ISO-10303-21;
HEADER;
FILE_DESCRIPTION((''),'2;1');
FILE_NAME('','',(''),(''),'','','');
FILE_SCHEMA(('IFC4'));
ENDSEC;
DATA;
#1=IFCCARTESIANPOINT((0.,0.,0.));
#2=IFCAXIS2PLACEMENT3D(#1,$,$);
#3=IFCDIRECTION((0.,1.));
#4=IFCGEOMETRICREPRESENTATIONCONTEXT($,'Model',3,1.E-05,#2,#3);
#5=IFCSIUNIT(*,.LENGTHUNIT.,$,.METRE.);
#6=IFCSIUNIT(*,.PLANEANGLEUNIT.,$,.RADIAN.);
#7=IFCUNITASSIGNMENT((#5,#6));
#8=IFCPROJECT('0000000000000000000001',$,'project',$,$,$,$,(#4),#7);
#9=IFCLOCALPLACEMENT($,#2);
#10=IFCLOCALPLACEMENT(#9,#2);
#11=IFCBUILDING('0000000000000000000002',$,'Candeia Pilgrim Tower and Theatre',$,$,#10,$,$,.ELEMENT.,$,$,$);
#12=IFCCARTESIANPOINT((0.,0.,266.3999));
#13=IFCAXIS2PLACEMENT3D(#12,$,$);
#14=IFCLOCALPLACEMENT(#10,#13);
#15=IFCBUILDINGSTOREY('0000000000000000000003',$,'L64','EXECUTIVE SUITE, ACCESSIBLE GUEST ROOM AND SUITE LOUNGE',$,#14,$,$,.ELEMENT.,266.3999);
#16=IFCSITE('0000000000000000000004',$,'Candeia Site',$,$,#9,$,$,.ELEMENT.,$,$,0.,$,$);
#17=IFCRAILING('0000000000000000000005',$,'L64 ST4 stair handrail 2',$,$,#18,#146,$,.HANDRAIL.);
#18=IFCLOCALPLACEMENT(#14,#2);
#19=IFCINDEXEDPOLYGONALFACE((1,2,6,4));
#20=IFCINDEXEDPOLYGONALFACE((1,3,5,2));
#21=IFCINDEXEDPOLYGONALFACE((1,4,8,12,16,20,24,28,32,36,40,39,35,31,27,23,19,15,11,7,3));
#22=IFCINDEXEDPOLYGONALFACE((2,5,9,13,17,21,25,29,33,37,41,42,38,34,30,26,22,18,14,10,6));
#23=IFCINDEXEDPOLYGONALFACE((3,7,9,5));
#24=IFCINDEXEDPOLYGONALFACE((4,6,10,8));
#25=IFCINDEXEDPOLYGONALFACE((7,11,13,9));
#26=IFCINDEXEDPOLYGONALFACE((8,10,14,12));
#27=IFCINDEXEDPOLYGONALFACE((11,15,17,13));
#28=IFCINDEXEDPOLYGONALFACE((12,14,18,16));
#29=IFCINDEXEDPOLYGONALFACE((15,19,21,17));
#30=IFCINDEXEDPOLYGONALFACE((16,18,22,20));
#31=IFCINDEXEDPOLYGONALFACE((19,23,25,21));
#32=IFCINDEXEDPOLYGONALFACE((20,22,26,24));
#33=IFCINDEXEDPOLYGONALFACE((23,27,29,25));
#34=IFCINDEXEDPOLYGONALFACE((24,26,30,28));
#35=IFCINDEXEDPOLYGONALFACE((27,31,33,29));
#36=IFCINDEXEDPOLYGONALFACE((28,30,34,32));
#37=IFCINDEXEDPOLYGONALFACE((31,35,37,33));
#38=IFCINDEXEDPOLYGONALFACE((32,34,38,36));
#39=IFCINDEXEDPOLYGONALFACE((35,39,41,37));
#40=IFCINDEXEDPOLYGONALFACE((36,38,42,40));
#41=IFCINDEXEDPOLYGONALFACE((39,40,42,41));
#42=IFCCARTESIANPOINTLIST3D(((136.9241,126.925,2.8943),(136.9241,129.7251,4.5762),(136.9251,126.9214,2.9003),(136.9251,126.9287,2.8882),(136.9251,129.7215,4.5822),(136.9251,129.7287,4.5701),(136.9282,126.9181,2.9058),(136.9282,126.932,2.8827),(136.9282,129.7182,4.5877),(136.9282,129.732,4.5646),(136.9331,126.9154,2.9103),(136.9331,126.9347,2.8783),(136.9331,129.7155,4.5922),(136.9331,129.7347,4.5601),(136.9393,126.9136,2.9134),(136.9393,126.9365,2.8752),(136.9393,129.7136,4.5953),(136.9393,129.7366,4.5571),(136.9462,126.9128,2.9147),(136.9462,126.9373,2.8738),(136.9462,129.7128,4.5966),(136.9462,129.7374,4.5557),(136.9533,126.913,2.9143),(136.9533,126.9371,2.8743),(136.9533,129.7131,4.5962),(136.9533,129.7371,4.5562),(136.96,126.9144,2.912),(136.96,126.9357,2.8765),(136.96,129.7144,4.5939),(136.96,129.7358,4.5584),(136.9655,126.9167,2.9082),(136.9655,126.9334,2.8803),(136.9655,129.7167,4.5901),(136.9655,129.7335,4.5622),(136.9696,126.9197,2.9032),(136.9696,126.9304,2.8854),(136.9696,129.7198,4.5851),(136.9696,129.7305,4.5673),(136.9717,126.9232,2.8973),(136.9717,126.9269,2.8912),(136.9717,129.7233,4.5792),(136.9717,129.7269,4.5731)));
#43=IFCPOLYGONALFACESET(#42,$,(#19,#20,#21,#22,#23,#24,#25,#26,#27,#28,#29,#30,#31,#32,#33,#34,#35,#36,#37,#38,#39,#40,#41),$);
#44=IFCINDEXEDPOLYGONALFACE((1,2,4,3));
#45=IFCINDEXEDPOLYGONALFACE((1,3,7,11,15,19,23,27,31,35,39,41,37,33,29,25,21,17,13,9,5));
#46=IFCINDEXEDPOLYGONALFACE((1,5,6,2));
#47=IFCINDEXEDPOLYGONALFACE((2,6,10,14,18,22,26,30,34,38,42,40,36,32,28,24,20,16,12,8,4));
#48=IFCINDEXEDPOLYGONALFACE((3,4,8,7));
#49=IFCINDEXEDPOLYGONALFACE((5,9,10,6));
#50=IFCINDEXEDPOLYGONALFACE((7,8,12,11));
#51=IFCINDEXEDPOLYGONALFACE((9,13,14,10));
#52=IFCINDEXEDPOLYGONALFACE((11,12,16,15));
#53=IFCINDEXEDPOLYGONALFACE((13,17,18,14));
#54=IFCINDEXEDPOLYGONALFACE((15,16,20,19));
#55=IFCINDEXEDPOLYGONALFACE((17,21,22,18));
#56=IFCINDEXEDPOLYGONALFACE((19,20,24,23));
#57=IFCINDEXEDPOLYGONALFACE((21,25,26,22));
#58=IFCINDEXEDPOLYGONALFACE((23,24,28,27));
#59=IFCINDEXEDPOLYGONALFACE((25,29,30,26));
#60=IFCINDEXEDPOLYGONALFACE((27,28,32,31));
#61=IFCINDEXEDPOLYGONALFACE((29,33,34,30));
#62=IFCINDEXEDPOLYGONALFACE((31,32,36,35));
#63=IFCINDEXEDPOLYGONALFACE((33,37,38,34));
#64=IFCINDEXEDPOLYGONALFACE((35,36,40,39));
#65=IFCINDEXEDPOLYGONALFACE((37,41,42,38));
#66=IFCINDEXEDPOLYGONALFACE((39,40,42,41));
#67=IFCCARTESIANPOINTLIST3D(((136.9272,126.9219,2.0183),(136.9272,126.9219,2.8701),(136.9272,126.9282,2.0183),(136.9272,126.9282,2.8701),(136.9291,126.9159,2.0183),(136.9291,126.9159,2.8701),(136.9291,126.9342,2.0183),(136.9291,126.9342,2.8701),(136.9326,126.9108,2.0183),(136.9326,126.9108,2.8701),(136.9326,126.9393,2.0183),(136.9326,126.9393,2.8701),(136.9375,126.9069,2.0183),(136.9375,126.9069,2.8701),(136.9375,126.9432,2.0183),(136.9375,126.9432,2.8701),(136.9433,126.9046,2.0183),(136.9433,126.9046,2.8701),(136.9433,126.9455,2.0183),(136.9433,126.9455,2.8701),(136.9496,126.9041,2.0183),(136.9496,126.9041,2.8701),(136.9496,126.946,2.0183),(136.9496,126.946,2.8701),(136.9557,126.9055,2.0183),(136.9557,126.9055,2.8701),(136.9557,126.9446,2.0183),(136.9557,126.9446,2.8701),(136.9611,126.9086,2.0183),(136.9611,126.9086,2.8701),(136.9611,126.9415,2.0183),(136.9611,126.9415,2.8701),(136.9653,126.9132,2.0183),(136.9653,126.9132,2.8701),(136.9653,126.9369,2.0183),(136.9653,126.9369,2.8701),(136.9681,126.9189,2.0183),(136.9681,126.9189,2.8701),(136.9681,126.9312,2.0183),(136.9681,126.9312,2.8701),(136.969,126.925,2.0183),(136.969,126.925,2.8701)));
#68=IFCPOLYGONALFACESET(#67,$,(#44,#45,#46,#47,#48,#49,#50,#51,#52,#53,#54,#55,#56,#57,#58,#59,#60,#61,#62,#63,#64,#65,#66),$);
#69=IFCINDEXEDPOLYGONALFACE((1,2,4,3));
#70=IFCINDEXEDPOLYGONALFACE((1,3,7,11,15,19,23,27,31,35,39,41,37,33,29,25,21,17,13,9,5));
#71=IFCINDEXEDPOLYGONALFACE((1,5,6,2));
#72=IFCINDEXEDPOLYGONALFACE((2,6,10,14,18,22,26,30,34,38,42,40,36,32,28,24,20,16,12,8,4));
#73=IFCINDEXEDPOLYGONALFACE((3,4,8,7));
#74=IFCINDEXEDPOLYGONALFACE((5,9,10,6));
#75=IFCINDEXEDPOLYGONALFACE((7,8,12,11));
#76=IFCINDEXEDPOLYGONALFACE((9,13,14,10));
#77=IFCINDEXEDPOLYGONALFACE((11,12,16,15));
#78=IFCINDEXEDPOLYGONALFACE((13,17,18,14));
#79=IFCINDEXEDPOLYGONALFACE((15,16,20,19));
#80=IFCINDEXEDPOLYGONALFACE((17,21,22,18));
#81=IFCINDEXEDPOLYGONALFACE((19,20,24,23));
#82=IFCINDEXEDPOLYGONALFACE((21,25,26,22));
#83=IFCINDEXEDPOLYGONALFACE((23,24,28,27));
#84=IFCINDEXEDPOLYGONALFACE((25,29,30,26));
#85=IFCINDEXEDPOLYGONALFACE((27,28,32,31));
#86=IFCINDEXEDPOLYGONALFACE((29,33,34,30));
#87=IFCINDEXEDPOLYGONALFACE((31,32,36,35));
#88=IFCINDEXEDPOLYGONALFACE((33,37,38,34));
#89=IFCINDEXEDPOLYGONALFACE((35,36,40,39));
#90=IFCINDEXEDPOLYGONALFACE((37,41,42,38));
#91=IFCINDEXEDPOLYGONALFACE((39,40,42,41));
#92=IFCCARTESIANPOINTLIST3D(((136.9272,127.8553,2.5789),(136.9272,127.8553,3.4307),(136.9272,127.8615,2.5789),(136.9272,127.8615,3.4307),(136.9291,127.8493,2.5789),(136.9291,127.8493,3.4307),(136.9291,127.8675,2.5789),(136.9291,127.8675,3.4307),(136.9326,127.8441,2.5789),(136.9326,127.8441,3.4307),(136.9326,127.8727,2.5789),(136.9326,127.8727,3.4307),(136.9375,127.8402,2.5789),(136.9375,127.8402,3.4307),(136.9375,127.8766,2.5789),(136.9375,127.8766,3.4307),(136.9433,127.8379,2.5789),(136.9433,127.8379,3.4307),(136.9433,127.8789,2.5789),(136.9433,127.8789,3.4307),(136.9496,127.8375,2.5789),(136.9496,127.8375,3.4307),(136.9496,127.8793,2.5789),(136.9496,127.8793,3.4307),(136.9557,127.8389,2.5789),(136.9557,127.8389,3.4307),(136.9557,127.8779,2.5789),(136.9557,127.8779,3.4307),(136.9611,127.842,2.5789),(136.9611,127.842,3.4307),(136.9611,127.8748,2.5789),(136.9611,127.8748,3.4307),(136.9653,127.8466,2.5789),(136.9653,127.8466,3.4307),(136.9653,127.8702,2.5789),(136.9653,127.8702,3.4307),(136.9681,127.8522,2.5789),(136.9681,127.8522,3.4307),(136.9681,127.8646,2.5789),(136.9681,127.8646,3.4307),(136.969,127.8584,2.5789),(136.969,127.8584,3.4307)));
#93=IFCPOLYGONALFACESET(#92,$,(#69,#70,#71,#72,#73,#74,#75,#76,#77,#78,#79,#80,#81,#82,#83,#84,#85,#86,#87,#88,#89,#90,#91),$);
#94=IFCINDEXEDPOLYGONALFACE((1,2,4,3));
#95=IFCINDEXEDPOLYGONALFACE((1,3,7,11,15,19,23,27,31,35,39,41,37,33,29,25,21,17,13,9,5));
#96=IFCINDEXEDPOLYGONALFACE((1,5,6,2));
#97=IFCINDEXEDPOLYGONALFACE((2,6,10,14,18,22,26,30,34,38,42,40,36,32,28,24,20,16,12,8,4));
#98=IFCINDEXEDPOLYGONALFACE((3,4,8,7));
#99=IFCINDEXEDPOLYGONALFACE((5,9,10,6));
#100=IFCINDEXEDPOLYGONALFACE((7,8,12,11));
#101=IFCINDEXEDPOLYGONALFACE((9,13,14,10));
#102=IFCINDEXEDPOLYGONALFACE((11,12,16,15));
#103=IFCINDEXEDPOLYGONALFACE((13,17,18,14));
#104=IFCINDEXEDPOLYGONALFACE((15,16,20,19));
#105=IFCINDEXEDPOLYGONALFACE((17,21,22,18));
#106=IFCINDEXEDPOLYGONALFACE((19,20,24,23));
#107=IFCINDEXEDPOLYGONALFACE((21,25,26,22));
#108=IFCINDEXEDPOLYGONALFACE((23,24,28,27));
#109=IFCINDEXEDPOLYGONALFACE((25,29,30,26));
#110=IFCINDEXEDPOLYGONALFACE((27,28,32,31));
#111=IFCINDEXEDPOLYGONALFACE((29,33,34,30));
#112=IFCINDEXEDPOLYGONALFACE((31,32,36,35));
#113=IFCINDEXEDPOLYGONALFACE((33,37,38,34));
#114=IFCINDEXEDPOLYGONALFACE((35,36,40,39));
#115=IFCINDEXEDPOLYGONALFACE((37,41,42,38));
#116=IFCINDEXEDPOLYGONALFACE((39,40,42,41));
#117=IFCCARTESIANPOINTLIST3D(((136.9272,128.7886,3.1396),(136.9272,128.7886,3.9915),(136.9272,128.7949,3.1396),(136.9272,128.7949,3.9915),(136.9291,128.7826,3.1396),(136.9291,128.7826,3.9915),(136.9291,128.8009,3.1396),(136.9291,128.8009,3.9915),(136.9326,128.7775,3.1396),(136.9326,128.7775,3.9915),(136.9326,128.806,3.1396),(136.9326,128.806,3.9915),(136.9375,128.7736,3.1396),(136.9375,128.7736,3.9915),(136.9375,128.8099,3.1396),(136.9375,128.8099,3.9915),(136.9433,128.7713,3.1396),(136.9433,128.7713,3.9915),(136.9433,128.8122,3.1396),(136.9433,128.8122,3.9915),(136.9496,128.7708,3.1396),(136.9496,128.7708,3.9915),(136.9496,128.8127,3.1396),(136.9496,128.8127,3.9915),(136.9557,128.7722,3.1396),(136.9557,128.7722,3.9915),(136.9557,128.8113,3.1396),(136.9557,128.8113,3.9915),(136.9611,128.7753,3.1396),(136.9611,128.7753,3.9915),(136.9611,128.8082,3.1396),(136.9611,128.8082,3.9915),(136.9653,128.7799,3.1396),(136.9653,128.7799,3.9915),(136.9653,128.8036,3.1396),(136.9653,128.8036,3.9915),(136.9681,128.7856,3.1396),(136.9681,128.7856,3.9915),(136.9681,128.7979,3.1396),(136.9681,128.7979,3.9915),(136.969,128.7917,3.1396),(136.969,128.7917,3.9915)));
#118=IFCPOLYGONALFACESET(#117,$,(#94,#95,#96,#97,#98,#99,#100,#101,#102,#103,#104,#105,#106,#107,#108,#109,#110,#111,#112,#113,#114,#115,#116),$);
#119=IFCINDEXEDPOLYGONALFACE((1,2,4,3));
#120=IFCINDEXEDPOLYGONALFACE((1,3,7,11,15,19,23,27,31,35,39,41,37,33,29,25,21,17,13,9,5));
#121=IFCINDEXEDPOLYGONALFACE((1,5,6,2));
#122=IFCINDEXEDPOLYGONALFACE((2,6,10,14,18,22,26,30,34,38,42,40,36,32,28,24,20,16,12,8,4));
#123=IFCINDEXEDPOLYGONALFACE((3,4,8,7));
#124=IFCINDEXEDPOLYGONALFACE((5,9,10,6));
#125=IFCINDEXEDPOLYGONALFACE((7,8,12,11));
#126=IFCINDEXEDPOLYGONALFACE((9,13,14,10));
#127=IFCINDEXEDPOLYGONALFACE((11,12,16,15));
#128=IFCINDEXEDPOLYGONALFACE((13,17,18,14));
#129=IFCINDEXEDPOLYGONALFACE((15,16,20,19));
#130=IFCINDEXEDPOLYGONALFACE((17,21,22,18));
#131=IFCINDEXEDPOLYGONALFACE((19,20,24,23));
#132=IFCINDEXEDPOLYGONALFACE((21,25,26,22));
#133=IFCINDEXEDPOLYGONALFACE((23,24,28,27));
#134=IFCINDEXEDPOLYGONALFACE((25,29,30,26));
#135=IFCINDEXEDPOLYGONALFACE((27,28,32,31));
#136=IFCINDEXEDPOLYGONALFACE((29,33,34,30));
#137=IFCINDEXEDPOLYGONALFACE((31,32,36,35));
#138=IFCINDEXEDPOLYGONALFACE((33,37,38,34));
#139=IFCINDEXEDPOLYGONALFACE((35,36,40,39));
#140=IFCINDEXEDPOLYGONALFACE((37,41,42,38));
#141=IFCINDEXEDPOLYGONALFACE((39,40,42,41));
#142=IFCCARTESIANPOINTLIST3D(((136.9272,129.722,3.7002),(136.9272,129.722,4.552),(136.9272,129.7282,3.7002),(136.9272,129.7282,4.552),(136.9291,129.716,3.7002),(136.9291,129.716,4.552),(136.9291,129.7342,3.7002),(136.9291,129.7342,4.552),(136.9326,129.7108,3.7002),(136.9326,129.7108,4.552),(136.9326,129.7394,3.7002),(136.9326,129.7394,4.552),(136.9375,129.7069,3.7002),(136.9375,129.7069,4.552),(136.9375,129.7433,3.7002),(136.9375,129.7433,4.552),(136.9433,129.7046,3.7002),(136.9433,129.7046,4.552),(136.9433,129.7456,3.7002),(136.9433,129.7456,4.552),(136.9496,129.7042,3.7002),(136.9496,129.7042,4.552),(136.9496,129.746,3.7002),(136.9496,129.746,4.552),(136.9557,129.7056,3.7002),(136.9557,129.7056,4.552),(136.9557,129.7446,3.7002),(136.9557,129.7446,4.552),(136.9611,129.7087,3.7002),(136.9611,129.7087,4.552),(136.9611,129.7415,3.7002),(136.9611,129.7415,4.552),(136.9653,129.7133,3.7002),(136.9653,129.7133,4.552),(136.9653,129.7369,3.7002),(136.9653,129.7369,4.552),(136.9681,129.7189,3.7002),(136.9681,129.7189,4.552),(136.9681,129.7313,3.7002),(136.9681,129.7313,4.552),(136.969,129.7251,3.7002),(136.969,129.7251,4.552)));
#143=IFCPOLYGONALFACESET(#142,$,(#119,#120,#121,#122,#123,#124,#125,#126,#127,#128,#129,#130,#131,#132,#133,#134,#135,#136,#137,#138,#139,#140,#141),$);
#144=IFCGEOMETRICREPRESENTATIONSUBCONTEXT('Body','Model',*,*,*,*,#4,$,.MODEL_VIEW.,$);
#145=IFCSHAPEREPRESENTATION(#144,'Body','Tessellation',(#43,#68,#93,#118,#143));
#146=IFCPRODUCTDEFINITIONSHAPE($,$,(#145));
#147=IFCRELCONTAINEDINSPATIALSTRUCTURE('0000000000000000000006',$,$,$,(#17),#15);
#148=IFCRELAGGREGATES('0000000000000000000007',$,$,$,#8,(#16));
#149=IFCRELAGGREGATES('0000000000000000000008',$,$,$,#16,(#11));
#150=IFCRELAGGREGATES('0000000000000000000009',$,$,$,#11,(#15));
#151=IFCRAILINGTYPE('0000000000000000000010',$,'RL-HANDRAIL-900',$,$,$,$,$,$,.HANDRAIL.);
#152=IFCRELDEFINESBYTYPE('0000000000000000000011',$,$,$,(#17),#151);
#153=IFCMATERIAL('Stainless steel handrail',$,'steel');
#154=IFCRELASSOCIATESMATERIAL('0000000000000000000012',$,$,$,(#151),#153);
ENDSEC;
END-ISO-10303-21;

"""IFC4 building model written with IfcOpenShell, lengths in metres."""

from ifc_helpers import new_model, si_unit, direction, frame, origin, origin_2d, place, context, subcontext, project, spatial, circle, extrude, material, type_object, element, save


model = new_model("IFC4")

# Units and contexts
model_context = context("Model", 3, precision=1e-05, world=origin(), true_north=direction((0.0, 1.0)))
body_context = subcontext(model_context, "Body", "Model", "MODEL_VIEW")
ifc_project = project(units=[si_unit("LENGTHUNIT", "METRE"), si_unit("PLANEANGLEUNIT", "RADIAN")], contexts=[model_context])

# Site, building, storey
site_placement = place(None, origin())
site = spatial("IfcSite", under=ifc_project, at=site_placement, Name="Candeia Site", CompositionType="ELEMENT", RefElevation=0.0)
building_placement = place(site_placement, origin())
building = spatial("IfcBuilding", under=site, at=building_placement, Name="Candeia Pilgrim Tower and Theatre", CompositionType="ELEMENT")
storey_placement = place(building_placement, frame((0.0, 0.0, 266.3999)))
storey = spatial("IfcBuildingStorey", under=building, at=storey_placement, Name="L64", Description="EXECUTIVE SUITE, ACCESSIBLE GUEST ROOM AND SUITE LOUNGE", CompositionType="ELEMENT", Elevation=266.3999)

# Railing
ifc_material_1 = material(Name="Stainless steel handrail", Category="steel")
railing_type_1 = type_object("IfcRailingType", Name="RL-HANDRAIL-900", PredefinedType="HANDRAIL", material=ifc_material_1)
railing_1_placement = place(storey_placement, frame((136.948, 126.925, 2.0183)))
element("IfcRailing", 1, at=railing_1_placement, inside=storey, type_object=railing_type_1, Name="L64 ST4 stair handrail 2", PredefinedType="HANDRAIL", context=body_context, shape_type="SweptSolid", body=[
    extrude(circle(Radius=0.0239, at=origin_2d()), frame((0.0, 0.0, 0.876), z_axis=(0.0, 0.857242, 0.514913), x_axis=(-1.0, 0.0, 0.0)), (0.0, 0.0, 1.0), 3.2664),
    extrude(circle(Radius=0.021, at=origin_2d()), origin(), (0.0, 0.0, 1.0), 0.8518),
    extrude(circle(Radius=0.021, at=origin_2d()), frame((0.0, 0.9333, 0.5605)), (0.0, 0.0, 1.0), 0.8518),
    extrude(circle(Radius=0.021, at=origin_2d()), frame((0.0, 1.8667, 1.1213)), (0.0, 0.0, 1.0), 0.8518),
    extrude(circle(Radius=0.021, at=origin_2d()), frame((0.0, 2.8, 1.6819)), (0.0, 0.0, 1.0), 0.8518),
])

save(model, "model.ifc")
